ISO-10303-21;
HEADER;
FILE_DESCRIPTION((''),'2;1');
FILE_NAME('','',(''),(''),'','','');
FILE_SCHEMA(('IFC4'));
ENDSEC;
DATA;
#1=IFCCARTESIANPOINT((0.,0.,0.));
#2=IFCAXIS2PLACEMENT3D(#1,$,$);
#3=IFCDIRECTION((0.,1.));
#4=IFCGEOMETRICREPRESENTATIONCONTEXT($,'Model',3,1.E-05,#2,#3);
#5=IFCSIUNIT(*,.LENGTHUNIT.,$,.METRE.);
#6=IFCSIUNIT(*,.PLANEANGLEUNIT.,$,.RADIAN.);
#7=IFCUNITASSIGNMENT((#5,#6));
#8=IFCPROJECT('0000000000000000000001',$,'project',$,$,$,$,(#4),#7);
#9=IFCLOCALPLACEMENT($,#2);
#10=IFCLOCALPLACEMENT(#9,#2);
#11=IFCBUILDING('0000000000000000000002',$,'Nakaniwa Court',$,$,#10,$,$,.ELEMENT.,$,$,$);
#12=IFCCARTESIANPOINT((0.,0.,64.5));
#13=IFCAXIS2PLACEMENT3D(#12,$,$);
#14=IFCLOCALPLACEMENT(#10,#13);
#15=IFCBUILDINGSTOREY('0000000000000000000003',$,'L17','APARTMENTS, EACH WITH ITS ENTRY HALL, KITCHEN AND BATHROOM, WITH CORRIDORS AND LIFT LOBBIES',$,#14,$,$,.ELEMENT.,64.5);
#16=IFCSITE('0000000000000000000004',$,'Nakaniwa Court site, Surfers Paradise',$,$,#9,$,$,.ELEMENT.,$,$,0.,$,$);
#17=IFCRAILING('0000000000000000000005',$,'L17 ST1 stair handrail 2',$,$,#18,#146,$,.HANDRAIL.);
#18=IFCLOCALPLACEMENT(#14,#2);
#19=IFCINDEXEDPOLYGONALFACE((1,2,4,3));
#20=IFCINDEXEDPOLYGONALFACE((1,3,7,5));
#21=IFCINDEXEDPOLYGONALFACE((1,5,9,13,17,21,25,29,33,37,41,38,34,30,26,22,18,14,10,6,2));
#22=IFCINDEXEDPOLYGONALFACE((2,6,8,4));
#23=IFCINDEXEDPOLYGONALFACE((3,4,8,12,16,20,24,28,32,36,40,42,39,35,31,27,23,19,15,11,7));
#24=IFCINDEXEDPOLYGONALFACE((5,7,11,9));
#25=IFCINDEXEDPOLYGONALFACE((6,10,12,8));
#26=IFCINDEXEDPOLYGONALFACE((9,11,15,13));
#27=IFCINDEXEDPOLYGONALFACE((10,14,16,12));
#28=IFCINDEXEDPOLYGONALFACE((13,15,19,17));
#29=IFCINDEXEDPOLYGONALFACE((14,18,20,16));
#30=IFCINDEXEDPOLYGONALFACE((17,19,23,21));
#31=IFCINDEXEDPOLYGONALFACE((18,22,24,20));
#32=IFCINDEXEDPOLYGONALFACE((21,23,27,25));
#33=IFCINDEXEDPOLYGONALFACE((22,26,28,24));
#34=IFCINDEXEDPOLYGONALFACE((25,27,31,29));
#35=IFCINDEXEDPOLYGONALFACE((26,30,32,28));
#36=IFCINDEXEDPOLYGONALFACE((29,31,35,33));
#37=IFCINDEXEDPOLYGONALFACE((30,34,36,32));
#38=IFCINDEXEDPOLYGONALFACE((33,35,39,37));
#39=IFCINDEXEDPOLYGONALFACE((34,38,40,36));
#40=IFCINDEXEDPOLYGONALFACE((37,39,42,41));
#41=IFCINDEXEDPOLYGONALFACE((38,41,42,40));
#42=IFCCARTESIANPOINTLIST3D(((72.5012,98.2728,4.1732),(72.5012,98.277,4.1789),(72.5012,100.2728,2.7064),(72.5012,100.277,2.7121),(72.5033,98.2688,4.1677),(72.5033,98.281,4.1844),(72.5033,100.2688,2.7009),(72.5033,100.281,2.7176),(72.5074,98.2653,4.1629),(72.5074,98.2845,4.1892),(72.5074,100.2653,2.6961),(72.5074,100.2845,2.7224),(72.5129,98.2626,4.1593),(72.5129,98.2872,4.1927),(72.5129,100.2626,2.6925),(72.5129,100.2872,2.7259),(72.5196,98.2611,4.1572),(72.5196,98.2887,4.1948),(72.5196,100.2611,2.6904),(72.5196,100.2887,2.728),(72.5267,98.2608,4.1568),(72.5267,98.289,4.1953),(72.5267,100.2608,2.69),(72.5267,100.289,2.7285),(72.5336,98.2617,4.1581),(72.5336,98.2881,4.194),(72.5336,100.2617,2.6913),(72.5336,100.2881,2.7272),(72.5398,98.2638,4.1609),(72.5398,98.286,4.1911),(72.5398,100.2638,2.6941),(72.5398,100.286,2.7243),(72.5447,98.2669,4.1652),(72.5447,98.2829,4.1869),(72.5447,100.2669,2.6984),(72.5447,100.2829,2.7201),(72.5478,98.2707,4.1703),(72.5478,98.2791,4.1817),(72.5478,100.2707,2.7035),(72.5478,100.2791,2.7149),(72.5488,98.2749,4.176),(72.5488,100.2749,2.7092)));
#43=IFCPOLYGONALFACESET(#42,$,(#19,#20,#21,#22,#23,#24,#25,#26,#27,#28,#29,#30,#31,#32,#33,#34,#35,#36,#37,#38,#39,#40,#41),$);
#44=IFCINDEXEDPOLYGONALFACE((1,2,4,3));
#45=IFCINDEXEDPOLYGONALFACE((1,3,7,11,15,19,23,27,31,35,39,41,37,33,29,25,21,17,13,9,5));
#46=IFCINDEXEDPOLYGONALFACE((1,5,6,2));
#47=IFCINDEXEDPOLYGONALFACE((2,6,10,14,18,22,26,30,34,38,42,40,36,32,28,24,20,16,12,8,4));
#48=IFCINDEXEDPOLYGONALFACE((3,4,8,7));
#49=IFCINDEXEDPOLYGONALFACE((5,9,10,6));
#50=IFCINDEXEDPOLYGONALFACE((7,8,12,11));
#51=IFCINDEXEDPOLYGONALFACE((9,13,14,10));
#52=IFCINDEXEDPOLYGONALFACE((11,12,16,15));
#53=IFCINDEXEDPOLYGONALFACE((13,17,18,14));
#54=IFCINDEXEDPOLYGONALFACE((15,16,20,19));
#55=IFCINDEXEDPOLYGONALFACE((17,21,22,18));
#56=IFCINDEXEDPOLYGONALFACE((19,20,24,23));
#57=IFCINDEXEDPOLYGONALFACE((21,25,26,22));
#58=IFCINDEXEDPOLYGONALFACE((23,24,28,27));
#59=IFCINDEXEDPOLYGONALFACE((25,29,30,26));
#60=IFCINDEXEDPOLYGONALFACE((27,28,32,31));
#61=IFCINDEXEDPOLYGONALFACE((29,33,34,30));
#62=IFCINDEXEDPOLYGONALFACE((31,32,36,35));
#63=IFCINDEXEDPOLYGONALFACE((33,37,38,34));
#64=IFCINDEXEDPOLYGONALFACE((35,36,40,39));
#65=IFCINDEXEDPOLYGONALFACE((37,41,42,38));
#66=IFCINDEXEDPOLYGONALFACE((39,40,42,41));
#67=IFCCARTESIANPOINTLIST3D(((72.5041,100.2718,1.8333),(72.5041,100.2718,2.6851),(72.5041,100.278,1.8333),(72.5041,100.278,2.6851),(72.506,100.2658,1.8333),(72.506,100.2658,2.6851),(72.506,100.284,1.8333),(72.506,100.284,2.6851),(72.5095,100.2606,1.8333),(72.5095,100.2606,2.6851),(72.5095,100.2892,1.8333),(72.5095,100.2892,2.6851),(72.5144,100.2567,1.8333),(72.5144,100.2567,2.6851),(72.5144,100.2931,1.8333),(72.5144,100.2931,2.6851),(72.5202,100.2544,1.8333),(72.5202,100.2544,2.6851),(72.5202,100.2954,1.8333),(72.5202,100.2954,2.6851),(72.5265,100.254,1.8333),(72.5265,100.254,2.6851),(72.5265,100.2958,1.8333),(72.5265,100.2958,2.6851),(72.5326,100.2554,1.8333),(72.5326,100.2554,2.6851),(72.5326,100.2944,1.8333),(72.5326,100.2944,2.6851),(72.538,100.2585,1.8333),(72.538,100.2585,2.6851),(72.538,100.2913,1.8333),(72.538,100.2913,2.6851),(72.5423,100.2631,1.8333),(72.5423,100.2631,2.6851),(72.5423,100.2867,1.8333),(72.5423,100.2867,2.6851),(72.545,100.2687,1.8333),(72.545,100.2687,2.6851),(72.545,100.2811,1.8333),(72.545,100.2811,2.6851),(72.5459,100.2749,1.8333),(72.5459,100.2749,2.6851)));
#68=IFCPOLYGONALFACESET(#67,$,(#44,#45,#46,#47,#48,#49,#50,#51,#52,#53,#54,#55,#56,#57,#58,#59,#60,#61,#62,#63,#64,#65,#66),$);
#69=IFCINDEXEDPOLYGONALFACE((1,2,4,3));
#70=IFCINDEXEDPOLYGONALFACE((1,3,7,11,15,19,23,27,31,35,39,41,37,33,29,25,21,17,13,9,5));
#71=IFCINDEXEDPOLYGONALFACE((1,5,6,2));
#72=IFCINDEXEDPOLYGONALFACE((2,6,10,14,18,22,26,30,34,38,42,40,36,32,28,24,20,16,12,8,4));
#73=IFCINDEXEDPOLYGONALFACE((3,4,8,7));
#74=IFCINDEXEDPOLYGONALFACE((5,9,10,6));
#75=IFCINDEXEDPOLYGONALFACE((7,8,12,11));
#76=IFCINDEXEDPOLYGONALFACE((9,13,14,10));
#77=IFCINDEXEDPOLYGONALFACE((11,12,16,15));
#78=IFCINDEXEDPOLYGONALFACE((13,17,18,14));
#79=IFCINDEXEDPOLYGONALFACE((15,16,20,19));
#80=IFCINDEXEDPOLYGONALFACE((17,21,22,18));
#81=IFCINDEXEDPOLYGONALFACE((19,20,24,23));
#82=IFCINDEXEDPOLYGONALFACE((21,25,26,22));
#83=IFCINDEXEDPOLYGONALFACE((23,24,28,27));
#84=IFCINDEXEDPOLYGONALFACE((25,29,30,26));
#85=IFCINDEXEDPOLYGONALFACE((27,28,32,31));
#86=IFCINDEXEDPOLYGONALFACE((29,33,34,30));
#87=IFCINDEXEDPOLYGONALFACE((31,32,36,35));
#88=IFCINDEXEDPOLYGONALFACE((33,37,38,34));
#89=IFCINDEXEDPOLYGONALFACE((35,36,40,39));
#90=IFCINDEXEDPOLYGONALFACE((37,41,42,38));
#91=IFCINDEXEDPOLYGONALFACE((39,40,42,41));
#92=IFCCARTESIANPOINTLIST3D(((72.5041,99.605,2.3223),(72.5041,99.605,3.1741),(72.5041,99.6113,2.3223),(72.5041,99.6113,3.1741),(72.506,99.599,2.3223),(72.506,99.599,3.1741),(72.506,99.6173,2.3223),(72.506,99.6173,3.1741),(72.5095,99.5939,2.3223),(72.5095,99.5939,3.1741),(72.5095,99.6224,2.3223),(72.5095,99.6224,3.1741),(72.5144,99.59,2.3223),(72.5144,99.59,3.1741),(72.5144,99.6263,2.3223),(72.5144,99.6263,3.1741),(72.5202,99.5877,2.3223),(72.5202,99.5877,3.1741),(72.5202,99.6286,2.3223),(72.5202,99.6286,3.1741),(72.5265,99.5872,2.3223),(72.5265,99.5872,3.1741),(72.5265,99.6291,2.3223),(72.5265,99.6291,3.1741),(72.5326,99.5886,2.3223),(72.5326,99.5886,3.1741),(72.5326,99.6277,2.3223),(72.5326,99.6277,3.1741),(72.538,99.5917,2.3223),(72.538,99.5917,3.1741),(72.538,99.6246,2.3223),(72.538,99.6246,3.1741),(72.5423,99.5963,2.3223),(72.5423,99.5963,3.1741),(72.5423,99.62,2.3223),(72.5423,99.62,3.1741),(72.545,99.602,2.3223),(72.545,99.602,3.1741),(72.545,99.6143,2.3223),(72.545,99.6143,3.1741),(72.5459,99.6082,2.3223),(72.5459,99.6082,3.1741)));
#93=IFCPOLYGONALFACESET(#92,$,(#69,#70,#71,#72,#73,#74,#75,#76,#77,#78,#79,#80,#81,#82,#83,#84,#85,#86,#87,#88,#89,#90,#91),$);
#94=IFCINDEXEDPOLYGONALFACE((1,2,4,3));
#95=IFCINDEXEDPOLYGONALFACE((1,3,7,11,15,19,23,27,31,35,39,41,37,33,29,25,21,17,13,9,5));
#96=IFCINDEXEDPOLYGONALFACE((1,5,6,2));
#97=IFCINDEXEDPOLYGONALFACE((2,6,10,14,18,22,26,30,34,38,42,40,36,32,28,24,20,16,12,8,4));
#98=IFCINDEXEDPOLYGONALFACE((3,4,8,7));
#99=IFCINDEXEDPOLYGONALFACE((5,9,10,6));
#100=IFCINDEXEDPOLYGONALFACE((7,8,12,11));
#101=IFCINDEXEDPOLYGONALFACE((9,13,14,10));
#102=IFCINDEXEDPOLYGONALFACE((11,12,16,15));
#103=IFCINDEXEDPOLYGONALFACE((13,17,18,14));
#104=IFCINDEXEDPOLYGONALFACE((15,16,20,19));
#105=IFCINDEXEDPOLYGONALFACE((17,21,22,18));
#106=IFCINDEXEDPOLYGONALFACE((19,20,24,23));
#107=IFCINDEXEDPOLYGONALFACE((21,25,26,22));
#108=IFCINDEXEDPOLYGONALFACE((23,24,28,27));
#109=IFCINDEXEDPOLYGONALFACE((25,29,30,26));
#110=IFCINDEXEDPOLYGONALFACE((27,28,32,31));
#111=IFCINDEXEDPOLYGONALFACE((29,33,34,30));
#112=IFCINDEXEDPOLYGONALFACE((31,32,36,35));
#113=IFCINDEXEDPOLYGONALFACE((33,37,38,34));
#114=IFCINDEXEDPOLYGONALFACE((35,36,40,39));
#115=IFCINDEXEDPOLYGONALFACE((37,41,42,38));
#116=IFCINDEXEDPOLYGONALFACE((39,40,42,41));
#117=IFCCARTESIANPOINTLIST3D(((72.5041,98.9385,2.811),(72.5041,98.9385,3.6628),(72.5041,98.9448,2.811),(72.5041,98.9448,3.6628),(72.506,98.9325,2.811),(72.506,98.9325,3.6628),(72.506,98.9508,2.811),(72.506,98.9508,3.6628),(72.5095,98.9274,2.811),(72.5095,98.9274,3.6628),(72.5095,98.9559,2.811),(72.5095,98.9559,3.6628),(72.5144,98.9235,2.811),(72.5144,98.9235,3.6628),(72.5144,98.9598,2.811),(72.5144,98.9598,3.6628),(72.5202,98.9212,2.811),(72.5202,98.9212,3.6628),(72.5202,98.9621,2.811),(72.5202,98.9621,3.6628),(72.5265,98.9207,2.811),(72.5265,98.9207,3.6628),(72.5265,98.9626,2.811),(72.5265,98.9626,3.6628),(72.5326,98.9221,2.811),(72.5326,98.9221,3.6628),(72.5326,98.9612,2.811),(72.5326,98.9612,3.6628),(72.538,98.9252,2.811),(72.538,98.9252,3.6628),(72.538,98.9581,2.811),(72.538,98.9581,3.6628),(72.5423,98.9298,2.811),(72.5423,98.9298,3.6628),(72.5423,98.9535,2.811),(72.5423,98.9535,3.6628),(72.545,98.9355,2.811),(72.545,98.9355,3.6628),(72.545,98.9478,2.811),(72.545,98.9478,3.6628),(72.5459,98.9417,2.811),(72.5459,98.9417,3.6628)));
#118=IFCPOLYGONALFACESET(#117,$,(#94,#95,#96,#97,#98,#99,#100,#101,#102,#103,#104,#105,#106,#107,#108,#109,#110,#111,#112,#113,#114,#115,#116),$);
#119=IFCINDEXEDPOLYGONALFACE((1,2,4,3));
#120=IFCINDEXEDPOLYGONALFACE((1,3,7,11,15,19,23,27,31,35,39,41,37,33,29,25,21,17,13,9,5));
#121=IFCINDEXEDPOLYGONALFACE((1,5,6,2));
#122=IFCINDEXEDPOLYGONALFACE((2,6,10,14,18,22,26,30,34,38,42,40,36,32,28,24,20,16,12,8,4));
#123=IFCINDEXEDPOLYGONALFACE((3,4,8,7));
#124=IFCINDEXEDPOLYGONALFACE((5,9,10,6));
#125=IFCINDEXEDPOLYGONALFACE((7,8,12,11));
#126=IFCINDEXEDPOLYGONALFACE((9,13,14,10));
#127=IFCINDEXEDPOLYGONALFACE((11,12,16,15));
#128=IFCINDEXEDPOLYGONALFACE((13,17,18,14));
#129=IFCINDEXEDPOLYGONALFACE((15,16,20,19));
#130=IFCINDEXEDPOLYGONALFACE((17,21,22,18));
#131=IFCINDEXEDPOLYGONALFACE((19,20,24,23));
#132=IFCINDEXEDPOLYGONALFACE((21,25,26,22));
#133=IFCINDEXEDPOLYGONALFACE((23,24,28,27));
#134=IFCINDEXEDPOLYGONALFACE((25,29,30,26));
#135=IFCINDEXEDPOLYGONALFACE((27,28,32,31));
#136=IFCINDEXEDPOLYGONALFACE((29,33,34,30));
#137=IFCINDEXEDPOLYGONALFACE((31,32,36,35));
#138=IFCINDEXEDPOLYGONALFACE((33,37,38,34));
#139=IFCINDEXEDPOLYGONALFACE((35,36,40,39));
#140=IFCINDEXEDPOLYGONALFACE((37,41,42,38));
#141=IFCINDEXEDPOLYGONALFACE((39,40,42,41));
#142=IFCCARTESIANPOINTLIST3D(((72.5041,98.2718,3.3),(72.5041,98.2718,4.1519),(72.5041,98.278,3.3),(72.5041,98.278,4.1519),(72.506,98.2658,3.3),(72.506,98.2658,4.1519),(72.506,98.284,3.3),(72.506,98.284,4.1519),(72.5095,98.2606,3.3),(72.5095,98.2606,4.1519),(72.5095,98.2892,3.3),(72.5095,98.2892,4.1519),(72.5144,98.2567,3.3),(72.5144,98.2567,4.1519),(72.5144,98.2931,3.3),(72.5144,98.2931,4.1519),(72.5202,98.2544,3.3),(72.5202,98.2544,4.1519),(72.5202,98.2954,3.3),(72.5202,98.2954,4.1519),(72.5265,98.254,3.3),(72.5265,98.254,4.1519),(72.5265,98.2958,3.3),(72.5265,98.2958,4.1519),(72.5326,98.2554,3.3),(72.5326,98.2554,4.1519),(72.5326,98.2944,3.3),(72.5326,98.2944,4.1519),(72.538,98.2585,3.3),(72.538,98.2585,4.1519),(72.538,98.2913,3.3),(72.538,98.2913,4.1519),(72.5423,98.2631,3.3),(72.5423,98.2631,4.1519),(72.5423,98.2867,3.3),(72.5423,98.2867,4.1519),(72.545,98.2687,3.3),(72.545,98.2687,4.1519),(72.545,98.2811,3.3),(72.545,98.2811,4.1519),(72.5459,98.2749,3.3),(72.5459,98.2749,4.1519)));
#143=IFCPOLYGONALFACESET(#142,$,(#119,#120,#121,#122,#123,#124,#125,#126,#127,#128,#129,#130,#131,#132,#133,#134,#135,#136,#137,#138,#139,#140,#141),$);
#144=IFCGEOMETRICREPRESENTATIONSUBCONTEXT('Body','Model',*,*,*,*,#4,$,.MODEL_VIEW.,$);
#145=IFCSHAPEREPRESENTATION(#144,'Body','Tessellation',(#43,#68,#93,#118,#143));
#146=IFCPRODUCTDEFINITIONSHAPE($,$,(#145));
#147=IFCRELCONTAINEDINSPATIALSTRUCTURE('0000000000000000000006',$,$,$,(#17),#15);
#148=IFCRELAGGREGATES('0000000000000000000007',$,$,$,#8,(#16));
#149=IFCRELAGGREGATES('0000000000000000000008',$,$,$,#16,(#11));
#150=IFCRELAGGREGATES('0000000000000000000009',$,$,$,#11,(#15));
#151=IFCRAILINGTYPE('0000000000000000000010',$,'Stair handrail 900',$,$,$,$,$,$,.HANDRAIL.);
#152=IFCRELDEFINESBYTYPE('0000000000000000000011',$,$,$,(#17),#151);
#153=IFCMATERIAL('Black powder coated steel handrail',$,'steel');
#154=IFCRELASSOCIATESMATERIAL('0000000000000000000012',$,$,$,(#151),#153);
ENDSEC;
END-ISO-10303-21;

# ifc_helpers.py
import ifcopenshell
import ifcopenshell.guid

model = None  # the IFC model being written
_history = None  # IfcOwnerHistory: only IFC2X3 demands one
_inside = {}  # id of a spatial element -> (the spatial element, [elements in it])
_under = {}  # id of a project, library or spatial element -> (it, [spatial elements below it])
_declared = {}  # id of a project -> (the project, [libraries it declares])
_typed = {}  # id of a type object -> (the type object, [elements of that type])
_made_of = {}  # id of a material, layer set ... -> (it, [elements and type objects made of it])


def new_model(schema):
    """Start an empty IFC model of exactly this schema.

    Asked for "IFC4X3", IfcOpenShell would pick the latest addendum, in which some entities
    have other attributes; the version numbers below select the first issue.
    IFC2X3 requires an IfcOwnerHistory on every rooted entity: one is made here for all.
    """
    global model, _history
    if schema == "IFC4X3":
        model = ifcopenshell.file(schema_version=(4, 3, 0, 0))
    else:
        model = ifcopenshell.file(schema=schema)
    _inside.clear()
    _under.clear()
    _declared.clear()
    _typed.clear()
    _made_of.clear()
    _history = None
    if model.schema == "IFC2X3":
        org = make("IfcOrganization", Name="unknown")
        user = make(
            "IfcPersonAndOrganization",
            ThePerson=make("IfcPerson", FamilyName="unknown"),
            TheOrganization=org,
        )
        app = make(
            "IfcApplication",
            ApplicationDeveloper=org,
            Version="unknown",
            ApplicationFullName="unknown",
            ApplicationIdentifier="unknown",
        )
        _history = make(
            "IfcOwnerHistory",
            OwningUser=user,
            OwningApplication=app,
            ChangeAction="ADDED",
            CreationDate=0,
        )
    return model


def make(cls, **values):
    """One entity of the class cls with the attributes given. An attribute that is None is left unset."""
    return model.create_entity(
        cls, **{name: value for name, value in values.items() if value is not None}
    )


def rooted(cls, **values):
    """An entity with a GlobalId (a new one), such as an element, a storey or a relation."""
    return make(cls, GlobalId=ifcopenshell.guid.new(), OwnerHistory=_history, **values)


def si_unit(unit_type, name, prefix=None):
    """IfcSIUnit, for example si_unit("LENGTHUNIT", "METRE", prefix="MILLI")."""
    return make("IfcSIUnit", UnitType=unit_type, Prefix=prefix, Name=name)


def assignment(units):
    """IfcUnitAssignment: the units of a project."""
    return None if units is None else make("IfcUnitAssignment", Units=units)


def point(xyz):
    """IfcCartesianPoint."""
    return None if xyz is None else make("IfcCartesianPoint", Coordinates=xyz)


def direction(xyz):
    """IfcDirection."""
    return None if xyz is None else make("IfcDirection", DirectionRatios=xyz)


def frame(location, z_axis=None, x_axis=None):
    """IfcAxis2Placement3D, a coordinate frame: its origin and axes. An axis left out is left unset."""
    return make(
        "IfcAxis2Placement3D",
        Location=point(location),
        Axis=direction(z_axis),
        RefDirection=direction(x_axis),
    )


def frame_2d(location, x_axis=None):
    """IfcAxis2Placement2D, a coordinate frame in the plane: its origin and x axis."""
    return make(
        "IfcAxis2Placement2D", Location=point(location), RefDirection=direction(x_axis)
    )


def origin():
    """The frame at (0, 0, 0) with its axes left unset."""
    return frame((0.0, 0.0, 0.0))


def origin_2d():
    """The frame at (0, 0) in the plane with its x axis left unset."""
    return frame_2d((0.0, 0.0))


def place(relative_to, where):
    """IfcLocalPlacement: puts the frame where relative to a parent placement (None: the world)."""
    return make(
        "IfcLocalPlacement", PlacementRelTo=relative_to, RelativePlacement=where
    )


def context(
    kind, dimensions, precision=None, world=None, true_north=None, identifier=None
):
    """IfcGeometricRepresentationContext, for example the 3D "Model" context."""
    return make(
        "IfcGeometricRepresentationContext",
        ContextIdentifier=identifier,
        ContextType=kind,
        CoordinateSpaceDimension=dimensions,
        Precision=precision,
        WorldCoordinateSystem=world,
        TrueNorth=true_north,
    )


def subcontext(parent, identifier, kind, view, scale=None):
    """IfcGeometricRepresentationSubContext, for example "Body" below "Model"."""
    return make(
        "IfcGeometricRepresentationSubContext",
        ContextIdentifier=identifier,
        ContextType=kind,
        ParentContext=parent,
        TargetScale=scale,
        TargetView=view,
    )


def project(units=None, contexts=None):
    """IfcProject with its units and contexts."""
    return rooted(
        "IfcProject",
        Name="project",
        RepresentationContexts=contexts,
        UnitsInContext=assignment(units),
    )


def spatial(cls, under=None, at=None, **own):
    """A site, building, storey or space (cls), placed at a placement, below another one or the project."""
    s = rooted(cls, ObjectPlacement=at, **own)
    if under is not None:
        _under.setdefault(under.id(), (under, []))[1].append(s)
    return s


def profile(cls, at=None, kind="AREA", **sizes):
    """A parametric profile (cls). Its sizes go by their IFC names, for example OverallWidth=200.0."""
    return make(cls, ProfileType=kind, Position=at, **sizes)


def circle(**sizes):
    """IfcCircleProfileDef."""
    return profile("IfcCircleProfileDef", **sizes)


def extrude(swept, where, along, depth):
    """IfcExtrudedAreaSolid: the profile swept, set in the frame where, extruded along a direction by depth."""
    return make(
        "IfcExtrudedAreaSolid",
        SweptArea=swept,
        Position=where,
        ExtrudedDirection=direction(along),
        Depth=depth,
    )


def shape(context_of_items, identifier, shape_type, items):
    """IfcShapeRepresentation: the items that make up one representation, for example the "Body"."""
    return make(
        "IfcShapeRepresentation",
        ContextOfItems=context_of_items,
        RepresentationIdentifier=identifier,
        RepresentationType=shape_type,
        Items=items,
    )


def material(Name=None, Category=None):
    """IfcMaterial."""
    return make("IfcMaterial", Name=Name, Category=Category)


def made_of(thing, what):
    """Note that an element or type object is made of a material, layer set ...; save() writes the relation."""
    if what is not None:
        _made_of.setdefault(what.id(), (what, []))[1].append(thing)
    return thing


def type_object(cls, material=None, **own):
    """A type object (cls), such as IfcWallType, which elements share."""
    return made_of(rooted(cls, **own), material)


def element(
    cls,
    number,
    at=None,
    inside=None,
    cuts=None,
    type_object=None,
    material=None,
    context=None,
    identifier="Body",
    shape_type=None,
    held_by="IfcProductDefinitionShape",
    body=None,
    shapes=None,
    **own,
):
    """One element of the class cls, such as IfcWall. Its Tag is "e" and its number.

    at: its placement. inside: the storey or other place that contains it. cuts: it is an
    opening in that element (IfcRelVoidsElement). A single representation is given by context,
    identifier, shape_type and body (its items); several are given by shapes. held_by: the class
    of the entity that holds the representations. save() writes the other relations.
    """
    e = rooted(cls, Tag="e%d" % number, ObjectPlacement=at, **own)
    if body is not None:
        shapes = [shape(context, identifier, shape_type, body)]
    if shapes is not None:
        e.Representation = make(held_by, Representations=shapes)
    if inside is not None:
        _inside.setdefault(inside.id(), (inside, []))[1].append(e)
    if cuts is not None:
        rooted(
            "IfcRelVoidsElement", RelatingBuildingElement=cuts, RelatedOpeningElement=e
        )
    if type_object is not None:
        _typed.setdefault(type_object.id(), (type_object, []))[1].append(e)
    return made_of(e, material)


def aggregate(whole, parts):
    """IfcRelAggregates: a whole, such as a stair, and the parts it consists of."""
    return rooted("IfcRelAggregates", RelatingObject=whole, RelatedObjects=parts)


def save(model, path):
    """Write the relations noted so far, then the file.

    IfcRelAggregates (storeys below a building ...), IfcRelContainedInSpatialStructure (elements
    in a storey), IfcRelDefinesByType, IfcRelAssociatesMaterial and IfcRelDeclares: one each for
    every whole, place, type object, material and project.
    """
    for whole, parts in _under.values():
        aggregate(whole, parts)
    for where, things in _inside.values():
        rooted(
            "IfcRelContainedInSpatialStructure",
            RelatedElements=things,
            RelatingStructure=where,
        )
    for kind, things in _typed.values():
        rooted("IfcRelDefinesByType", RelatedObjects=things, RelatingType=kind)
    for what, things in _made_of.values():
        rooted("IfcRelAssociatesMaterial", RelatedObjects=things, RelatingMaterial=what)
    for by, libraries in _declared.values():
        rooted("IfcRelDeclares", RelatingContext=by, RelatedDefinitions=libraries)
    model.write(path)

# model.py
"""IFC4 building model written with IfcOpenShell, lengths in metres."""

from ifc_helpers import new_model, si_unit, direction, frame, origin, origin_2d, place, context, subcontext, project, spatial, circle, extrude, material, type_object, element, save


model = new_model("IFC4")

# Units and contexts
model_context = context("Model", 3, precision=1e-05, world=origin(), true_north=direction((0.0, 1.0)))
body_context = subcontext(model_context, "Body", "Model", "MODEL_VIEW")
ifc_project = project(units=[si_unit("LENGTHUNIT", "METRE"), si_unit("PLANEANGLEUNIT", "RADIAN")], contexts=[model_context])

# Site, building, storey
site_placement = place(None, origin())
site = spatial("IfcSite", under=ifc_project, at=site_placement, Name="Nakaniwa Court site, Surfers Paradise", CompositionType="ELEMENT", RefElevation=0.0)
building_placement = place(site_placement, origin())
building = spatial("IfcBuilding", under=site, at=building_placement, Name="Nakaniwa Court", CompositionType="ELEMENT")
storey_placement = place(building_placement, frame((0.0, 0.0, 64.5)))
storey = spatial("IfcBuildingStorey", under=building, at=storey_placement, Name="L17", Description="APARTMENTS, EACH WITH ITS ENTRY HALL, KITCHEN AND BATHROOM, WITH CORRIDORS AND LIFT LOBBIES", CompositionType="ELEMENT", Elevation=64.5)

# Railing
ifc_material_1 = material(Name="Black powder coated steel handrail", Category="steel")
railing_type_1 = type_object("IfcRailingType", Name="Stair handrail 900", PredefinedType="HANDRAIL", material=ifc_material_1)
railing_1_placement = place(storey_placement, frame((72.5249, 100.2749, 1.8333)))
element("IfcRailing", 1, at=railing_1_placement, inside=storey, type_object=railing_type_1, Name="L17 ST1 stair handrail 2", PredefinedType="HANDRAIL", context=body_context, shape_type="SweptSolid", body=[
    extrude(circle(Radius=0.0239, at=origin_2d()), frame((0.0, 0.0, 0.876), z_axis=(0.0, -0.80638, 0.591398), x_axis=(1.0, 0.0, 0.0)), (0.0, 0.0, 1.0), 2.4802),
    extrude(circle(Radius=0.021, at=origin_2d()), origin(), (0.0, 0.0, 1.0), 0.8518),
    extrude(circle(Radius=0.021, at=origin_2d()), frame((0.0, -0.6667, 0.489)), (0.0, 0.0, 1.0), 0.8518),
    extrude(circle(Radius=0.021, at=origin_2d()), frame((0.0, -1.3333, 0.9778)), (0.0, 0.0, 1.0), 0.8518),
    extrude(circle(Radius=0.021, at=origin_2d()), frame((0.0, -2.0, 1.4668)), (0.0, 0.0, 1.0), 0.8518),
])

save(model, "model.ifc")
